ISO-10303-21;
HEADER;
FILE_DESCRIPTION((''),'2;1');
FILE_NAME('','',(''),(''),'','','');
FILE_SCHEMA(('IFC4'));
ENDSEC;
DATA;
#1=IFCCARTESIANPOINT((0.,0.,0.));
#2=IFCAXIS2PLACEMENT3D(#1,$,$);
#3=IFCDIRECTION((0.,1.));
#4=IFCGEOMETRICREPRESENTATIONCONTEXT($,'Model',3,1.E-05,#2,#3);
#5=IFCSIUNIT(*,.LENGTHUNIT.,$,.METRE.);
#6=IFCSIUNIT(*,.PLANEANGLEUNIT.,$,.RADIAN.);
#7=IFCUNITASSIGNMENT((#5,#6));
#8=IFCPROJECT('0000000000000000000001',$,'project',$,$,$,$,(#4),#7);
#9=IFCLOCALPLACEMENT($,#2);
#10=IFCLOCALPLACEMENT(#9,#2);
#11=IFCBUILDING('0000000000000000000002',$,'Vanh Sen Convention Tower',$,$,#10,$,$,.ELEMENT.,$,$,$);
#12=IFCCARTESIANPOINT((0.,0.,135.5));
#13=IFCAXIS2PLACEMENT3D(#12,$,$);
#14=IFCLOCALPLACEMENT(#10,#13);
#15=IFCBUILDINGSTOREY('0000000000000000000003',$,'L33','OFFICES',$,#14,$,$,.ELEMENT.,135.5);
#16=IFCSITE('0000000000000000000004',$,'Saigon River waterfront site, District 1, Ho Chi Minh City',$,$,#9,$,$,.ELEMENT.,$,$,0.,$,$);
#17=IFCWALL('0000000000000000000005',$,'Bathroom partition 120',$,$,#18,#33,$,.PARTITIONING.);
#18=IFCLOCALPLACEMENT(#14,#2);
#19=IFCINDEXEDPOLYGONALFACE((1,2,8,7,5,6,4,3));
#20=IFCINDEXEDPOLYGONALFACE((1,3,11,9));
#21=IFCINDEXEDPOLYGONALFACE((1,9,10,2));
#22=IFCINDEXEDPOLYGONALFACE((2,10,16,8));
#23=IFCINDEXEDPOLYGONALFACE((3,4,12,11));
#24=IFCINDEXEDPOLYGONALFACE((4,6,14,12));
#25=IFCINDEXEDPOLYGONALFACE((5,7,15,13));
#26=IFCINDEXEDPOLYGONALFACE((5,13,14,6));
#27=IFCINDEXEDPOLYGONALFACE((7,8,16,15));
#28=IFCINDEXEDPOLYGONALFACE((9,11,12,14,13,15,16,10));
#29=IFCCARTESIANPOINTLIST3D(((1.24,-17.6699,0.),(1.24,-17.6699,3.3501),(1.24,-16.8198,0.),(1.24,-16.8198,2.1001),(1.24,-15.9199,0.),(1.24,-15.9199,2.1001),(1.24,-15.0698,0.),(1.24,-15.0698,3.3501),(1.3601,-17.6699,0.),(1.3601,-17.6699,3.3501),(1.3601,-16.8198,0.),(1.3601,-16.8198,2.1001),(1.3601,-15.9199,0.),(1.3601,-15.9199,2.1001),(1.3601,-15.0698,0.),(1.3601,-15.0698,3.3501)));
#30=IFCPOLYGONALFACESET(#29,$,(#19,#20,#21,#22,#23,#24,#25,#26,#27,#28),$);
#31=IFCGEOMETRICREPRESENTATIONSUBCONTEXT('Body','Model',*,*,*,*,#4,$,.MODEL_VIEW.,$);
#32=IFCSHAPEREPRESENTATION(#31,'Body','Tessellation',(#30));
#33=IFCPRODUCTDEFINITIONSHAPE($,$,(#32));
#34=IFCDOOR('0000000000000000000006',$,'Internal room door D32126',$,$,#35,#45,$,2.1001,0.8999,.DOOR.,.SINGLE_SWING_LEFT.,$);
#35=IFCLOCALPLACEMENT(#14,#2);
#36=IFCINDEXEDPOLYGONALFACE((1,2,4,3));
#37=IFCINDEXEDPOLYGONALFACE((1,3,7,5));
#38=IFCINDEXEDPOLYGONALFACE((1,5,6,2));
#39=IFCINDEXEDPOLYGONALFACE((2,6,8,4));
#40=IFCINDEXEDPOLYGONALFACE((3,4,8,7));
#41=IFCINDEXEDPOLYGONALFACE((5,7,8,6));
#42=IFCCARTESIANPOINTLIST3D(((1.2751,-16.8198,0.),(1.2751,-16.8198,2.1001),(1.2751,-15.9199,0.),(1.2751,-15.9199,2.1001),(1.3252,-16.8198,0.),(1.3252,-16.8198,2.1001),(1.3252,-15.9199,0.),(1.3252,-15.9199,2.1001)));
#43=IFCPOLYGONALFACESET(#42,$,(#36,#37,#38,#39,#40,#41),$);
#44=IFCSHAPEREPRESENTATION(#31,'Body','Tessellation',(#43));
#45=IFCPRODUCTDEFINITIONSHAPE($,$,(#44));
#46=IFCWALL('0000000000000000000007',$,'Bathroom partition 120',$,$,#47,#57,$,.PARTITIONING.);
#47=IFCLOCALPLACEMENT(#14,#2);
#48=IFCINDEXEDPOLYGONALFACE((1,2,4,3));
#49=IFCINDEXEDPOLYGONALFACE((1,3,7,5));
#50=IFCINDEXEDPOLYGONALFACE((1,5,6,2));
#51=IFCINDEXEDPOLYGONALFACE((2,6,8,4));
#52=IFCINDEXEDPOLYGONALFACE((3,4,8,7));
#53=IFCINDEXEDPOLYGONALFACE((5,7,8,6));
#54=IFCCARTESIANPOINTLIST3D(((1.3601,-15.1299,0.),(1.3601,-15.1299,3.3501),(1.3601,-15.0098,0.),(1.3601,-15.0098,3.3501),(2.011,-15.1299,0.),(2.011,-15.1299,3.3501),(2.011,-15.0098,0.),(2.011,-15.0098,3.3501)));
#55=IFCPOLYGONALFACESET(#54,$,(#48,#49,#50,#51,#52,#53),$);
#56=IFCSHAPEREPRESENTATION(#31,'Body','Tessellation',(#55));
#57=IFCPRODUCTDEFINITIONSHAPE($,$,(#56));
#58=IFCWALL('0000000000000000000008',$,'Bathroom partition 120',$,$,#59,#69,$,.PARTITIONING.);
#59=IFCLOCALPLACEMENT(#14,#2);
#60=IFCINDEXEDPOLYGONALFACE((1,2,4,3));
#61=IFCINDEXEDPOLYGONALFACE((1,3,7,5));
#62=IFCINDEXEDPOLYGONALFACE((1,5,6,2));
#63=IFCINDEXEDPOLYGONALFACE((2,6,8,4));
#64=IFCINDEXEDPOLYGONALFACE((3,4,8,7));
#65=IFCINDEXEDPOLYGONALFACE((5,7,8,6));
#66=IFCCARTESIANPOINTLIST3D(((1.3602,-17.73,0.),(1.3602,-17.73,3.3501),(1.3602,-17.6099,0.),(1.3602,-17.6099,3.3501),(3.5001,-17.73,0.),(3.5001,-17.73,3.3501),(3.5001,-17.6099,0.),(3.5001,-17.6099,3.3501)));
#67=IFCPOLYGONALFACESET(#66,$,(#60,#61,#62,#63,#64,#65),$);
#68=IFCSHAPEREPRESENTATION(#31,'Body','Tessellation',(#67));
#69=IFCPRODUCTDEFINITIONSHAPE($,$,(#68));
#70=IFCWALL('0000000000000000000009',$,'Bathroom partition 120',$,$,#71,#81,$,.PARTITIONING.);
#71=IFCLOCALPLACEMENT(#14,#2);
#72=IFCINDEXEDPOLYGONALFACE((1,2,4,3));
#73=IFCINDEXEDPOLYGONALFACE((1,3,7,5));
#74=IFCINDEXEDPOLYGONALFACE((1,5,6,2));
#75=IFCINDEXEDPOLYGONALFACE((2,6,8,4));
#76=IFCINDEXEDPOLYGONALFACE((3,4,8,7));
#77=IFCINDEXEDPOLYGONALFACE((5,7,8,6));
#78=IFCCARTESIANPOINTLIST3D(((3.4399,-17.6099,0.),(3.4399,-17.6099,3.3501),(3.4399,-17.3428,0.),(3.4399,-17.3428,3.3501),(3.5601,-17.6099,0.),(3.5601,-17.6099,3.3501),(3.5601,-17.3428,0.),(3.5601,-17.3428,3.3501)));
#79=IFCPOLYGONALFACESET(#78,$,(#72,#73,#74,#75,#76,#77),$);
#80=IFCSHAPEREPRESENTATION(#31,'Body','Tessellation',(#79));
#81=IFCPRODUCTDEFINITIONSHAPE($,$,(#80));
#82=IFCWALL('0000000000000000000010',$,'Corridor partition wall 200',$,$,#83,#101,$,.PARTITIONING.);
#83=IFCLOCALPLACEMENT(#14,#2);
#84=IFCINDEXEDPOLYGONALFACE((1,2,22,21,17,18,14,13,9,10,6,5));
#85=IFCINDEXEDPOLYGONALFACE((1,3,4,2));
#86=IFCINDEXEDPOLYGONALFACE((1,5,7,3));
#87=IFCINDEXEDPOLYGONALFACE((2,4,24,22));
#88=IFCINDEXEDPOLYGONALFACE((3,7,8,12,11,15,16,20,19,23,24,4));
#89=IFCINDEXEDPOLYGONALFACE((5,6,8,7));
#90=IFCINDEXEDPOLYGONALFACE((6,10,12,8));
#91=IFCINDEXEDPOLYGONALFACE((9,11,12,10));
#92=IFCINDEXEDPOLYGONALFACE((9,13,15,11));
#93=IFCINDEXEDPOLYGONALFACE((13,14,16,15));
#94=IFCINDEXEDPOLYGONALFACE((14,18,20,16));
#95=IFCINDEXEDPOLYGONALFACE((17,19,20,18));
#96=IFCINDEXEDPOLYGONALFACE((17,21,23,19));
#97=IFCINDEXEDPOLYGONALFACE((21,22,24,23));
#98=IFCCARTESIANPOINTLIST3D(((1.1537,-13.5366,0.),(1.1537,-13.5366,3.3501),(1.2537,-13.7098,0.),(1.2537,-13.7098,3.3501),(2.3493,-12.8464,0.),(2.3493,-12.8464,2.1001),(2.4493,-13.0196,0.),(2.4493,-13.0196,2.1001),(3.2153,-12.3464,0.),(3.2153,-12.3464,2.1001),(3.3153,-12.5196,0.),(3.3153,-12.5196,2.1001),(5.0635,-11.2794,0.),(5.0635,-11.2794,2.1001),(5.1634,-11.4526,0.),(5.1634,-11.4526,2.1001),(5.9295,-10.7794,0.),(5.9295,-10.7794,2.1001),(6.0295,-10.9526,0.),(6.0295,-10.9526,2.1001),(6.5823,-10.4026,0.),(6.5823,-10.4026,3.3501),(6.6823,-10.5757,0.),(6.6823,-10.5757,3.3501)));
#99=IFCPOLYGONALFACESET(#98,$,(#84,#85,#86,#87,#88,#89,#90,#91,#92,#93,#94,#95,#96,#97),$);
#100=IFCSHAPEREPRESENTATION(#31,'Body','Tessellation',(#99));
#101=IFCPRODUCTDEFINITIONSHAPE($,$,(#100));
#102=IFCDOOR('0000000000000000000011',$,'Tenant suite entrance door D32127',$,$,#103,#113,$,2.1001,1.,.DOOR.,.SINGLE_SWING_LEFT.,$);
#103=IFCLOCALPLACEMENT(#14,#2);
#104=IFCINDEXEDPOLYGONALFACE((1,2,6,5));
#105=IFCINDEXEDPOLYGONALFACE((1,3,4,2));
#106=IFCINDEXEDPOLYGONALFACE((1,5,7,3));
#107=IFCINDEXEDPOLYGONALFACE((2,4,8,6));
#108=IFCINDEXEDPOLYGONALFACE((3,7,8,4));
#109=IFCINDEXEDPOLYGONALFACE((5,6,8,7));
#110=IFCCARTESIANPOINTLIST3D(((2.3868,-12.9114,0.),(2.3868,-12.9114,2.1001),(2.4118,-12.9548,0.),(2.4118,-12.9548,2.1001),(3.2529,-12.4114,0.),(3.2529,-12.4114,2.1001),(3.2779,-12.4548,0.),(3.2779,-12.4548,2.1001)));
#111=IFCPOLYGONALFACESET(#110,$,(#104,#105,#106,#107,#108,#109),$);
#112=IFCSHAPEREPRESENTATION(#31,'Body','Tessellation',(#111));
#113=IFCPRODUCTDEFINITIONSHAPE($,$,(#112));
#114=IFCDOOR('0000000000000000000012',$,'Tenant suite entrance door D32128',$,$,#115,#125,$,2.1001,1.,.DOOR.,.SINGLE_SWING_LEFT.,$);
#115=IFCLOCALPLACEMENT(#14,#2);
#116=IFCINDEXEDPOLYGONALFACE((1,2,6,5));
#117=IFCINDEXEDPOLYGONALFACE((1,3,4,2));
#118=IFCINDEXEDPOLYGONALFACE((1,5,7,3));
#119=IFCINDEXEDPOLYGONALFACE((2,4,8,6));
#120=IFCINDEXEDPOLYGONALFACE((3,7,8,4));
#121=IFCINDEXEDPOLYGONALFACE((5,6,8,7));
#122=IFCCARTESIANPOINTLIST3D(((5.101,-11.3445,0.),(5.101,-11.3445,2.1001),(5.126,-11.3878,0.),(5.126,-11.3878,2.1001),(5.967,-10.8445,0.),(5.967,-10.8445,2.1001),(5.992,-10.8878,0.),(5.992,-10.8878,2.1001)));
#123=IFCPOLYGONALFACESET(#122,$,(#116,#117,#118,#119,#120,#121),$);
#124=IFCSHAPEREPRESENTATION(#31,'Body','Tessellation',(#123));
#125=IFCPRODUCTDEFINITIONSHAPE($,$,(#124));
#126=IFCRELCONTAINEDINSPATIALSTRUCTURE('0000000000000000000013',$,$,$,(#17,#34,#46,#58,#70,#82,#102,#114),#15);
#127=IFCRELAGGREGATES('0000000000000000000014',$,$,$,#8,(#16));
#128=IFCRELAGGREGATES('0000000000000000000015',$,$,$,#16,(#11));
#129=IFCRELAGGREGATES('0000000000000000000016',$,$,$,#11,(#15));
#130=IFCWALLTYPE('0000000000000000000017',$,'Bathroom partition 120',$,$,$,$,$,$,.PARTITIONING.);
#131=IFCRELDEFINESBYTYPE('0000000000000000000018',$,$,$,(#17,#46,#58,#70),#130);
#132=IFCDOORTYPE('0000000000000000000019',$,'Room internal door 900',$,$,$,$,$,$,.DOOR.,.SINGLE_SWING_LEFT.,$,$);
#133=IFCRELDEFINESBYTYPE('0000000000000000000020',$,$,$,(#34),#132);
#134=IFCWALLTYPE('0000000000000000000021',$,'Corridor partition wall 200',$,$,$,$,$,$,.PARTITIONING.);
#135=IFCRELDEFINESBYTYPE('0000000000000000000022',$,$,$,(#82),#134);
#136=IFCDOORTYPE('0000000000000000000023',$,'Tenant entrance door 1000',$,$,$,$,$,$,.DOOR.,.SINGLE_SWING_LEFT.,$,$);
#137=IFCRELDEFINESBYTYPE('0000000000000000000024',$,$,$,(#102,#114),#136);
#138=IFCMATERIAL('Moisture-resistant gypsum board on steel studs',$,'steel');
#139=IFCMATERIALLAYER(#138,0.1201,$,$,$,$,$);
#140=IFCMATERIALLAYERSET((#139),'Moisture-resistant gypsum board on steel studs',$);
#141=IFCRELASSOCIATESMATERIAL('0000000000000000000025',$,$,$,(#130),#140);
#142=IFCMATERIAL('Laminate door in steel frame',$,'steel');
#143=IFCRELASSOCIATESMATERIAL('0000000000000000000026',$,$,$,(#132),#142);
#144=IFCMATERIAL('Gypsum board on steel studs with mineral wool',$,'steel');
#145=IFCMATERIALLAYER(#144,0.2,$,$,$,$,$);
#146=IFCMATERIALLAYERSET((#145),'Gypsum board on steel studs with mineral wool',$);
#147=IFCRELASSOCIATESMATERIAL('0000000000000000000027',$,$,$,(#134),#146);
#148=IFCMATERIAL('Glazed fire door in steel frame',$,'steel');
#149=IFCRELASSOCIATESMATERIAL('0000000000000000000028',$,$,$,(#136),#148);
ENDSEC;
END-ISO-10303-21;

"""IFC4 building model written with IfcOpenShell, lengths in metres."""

from ifc_helpers import new_model, si_unit, direction, frame, frame_2d, origin, place, context, subcontext, project, spatial, rectangle, extrude, material, layer, layer_set, type_object, element, fill, save


model = new_model("IFC4")

# Units and contexts
model_context = context("Model", 3, precision=1e-05, world=origin(), true_north=direction((0.0, 1.0)))
body_context = subcontext(model_context, "Body", "Model", "MODEL_VIEW")
ifc_project = project(units=[si_unit("LENGTHUNIT", "METRE"), si_unit("PLANEANGLEUNIT", "RADIAN")], contexts=[model_context])

# Site, building, storey
site_placement = place(None, origin())
site = spatial("IfcSite", under=ifc_project, at=site_placement, Name="Saigon River waterfront site, District 1, Ho Chi Minh City", CompositionType="ELEMENT", RefElevation=0.0)
building_placement = place(site_placement, origin())
building = spatial("IfcBuilding", under=site, at=building_placement, Name="Vanh Sen Convention Tower", CompositionType="ELEMENT")
storey_placement = place(building_placement, frame((0.0, 0.0, 135.5)))
storey = spatial("IfcBuildingStorey", under=building, at=storey_placement, Name="L33", Description="OFFICES", CompositionType="ELEMENT", Elevation=135.5)

# Wall, opening, door
ifc_material_1 = material(Name="Moisture-resistant gypsum board on steel studs", Category="steel")
ifc_layer_1 = layer(ifc_material_1, 0.1201)
ifc_layer_set_1 = layer_set([ifc_layer_1], Name="Moisture-resistant gypsum board on steel studs")
wall_type_1 = type_object("IfcWallType", Name="Bathroom partition 120", PredefinedType="PARTITIONING", material=ifc_layer_set_1)
wall_1_placement = place(storey_placement, frame((1.3, -17.6699, 0.0), z_axis=(0.0, 0.0, 1.0), x_axis=(0.0, 1.0, 0.0)))
wall_1 = element("IfcWall", 1, at=wall_1_placement, inside=storey, type_object=wall_type_1, Name="Bathroom partition 120", PredefinedType="PARTITIONING", context=body_context, shape_type="SweptSolid", body=[
    extrude(rectangle(XDim=2.6001, YDim=0.1201, at=frame_2d((1.3, 0.0))), origin(), (0.0, 0.0, 1.0), 3.3501),
])
opening_1_placement = place(wall_1_placement, frame((0.8501, 0.0, 0.0)))
opening_1 = element("IfcOpeningElement", 2, at=opening_1_placement, cuts=wall_1, PredefinedType="OPENING", context=body_context, shape_type="SweptSolid", body=[
    extrude(rectangle(XDim=0.8999, YDim=2.1001, at=frame_2d((0.45, 1.05))), frame((0.0, 0.0701, 0.0), z_axis=(0.0, -1.0, 0.0), x_axis=(1.0, 0.0, 0.0)), (0.0, 0.0, 1.0), 0.1401),
])
ifc_material_2 = material(Name="Laminate door in steel frame", Category="steel")
door_type_1 = type_object("IfcDoorType", Name="Room internal door 900", OperationType="SINGLE_SWING_LEFT", PredefinedType="DOOR", material=ifc_material_2)
door_1_placement = place(opening_1_placement, origin())
door_1 = element("IfcDoor", 3, at=door_1_placement, inside=storey, type_object=door_type_1, Name="Internal room door D32126", OperationType="SINGLE_SWING_LEFT", OverallHeight=2.1001, OverallWidth=0.8999, PredefinedType="DOOR", context=body_context, shape_type="SweptSolid", body=[
    extrude(rectangle(XDim=0.8999, YDim=2.1001, at=frame_2d((0.45, 1.05))), frame((0.0, 0.0249, 0.0), z_axis=(0.0, -1.0, 0.0), x_axis=(1.0, 0.0, 0.0)), (0.0, 0.0, 1.0), 0.05),
])
fill(opening_1, door_1)

# Walls
wall_2_placement = place(storey_placement, frame((1.3601, -15.0698, 0.0), z_axis=(0.0, 0.0, 1.0), x_axis=(1.0, 0.0, 0.0)))
element("IfcWall", 4, at=wall_2_placement, inside=storey, type_object=wall_type_1, Name="Bathroom partition 120", PredefinedType="PARTITIONING", context=body_context, shape_type="SweptSolid", body=[
    extrude(rectangle(XDim=0.6509, YDim=0.1201, at=frame_2d((0.3254, 0.0))), origin(), (0.0, 0.0, 1.0), 3.3501),
])
wall_3_placement = place(storey_placement, frame((3.5, -17.6699, 0.0), z_axis=(0.0, 0.0, 1.0), x_axis=(-1.0, 0.0, 0.0)))
element("IfcWall", 5, at=wall_3_placement, inside=storey, type_object=wall_type_1, Name="Bathroom partition 120", PredefinedType="PARTITIONING", context=body_context, shape_type="SweptSolid", body=[
    extrude(rectangle(XDim=2.1399, YDim=0.1201, at=frame_2d((1.0698, 0.0))), origin(), (0.0, 0.0, 1.0), 3.3501),
])
wall_4_placement = place(storey_placement, frame((3.5, -17.3428, 0.0), z_axis=(0.0, 0.0, 1.0), x_axis=(0.0, -1.0, 0.0)))
element("IfcWall", 6, at=wall_4_placement, inside=storey, type_object=wall_type_1, Name="Bathroom partition 120", PredefinedType="PARTITIONING", context=body_context, shape_type="SweptSolid", body=[
    extrude(rectangle(XDim=0.2671, YDim=0.1201, at=frame_2d((0.1335, 0.0))), origin(), (0.0, 0.0, 1.0), 3.3501),
])

# Wall, openings, doors
ifc_material_3 = material(Name="Gypsum board on steel studs with mineral wool", Category="steel")
ifc_layer_2 = layer(ifc_material_3, 0.2)
ifc_layer_set_2 = layer_set([ifc_layer_2], Name="Gypsum board on steel studs with mineral wool")
wall_type_2 = type_object("IfcWallType", Name="Corridor partition wall 200", PredefinedType="PARTITIONING", material=ifc_layer_set_2)
wall_5_placement = place(storey_placement, frame((1.2036, -13.6233, 0.0), z_axis=(0.0, 0.0, 1.0), x_axis=(0.866032, 0.499989, 0.0)))
wall_5 = element("IfcWall", 7, at=wall_5_placement, inside=storey, type_object=wall_type_2, Name="Corridor partition wall 200", PredefinedType="PARTITIONING", context=body_context, shape_type="SweptSolid", body=[
    extrude(rectangle(XDim=6.2683, YDim=0.2, at=frame_2d((3.1343, 0.0))), origin(), (0.0, 0.0, 1.0), 3.3501),
])
opening_2_placement = place(wall_5_placement, frame((1.3806, 0.0, 0.0)))
opening_2 = element("IfcOpeningElement", 8, at=opening_2_placement, cuts=wall_5, PredefinedType="OPENING", context=body_context, shape_type="SweptSolid", body=[
    extrude(rectangle(XDim=1.0, YDim=2.1001, at=frame_2d((0.5, 1.05))), frame((0.0, 0.1099, 0.0), z_axis=(0.0, -1.0, 0.0), x_axis=(1.0, 0.0, 0.0)), (0.0, 0.0, 1.0), 0.22),
])
opening_3_placement = place(wall_5_placement, frame((4.5146, 0.0, 0.0)))
opening_3 = element("IfcOpeningElement", 9, at=opening_3_placement, cuts=wall_5, PredefinedType="OPENING", context=body_context, shape_type="SweptSolid", body=[
    extrude(rectangle(XDim=1.0, YDim=2.1001, at=frame_2d((0.5, 1.05))), frame((0.0, 0.1099, 0.0), z_axis=(0.0, -1.0, 0.0), x_axis=(1.0, 0.0, 0.0)), (0.0, 0.0, 1.0), 0.22),
])
ifc_material_4 = material(Name="Glazed fire door in steel frame", Category="steel")
door_type_2 = type_object("IfcDoorType", Name="Tenant entrance door 1000", OperationType="SINGLE_SWING_LEFT", PredefinedType="DOOR", material=ifc_material_4)
door_2_placement = place(opening_2_placement, origin())
door_2 = element("IfcDoor", 10, at=door_2_placement, inside=storey, type_object=door_type_2, Name="Tenant suite entrance door D32127", OperationType="SINGLE_SWING_LEFT", OverallHeight=2.1001, OverallWidth=1.0, PredefinedType="DOOR", context=body_context, shape_type="SweptSolid", body=[
    extrude(rectangle(XDim=1.0, YDim=2.1001, at=frame_2d((0.5, 1.05))), frame((0.0, 0.0249, 0.0), z_axis=(0.0, -1.0, 0.0), x_axis=(1.0, 0.0, 0.0)), (0.0, 0.0, 1.0), 0.05),
])
fill(opening_2, door_2)
door_3_placement = place(opening_3_placement, origin())
door_3 = element("IfcDoor", 11, at=door_3_placement, inside=storey, type_object=door_type_2, Name="Tenant suite entrance door D32128", OperationType="SINGLE_SWING_LEFT", OverallHeight=2.1001, OverallWidth=1.0, PredefinedType="DOOR", context=body_context, shape_type="SweptSolid", body=[
    extrude(rectangle(XDim=1.0, YDim=2.1001, at=frame_2d((0.5, 1.05))), frame((0.0, 0.0249, 0.0), z_axis=(0.0, -1.0, 0.0), x_axis=(1.0, 0.0, 0.0)), (0.0, 0.0, 1.0), 0.05),
])
fill(opening_3, door_3)

save(model, "model.ifc")
